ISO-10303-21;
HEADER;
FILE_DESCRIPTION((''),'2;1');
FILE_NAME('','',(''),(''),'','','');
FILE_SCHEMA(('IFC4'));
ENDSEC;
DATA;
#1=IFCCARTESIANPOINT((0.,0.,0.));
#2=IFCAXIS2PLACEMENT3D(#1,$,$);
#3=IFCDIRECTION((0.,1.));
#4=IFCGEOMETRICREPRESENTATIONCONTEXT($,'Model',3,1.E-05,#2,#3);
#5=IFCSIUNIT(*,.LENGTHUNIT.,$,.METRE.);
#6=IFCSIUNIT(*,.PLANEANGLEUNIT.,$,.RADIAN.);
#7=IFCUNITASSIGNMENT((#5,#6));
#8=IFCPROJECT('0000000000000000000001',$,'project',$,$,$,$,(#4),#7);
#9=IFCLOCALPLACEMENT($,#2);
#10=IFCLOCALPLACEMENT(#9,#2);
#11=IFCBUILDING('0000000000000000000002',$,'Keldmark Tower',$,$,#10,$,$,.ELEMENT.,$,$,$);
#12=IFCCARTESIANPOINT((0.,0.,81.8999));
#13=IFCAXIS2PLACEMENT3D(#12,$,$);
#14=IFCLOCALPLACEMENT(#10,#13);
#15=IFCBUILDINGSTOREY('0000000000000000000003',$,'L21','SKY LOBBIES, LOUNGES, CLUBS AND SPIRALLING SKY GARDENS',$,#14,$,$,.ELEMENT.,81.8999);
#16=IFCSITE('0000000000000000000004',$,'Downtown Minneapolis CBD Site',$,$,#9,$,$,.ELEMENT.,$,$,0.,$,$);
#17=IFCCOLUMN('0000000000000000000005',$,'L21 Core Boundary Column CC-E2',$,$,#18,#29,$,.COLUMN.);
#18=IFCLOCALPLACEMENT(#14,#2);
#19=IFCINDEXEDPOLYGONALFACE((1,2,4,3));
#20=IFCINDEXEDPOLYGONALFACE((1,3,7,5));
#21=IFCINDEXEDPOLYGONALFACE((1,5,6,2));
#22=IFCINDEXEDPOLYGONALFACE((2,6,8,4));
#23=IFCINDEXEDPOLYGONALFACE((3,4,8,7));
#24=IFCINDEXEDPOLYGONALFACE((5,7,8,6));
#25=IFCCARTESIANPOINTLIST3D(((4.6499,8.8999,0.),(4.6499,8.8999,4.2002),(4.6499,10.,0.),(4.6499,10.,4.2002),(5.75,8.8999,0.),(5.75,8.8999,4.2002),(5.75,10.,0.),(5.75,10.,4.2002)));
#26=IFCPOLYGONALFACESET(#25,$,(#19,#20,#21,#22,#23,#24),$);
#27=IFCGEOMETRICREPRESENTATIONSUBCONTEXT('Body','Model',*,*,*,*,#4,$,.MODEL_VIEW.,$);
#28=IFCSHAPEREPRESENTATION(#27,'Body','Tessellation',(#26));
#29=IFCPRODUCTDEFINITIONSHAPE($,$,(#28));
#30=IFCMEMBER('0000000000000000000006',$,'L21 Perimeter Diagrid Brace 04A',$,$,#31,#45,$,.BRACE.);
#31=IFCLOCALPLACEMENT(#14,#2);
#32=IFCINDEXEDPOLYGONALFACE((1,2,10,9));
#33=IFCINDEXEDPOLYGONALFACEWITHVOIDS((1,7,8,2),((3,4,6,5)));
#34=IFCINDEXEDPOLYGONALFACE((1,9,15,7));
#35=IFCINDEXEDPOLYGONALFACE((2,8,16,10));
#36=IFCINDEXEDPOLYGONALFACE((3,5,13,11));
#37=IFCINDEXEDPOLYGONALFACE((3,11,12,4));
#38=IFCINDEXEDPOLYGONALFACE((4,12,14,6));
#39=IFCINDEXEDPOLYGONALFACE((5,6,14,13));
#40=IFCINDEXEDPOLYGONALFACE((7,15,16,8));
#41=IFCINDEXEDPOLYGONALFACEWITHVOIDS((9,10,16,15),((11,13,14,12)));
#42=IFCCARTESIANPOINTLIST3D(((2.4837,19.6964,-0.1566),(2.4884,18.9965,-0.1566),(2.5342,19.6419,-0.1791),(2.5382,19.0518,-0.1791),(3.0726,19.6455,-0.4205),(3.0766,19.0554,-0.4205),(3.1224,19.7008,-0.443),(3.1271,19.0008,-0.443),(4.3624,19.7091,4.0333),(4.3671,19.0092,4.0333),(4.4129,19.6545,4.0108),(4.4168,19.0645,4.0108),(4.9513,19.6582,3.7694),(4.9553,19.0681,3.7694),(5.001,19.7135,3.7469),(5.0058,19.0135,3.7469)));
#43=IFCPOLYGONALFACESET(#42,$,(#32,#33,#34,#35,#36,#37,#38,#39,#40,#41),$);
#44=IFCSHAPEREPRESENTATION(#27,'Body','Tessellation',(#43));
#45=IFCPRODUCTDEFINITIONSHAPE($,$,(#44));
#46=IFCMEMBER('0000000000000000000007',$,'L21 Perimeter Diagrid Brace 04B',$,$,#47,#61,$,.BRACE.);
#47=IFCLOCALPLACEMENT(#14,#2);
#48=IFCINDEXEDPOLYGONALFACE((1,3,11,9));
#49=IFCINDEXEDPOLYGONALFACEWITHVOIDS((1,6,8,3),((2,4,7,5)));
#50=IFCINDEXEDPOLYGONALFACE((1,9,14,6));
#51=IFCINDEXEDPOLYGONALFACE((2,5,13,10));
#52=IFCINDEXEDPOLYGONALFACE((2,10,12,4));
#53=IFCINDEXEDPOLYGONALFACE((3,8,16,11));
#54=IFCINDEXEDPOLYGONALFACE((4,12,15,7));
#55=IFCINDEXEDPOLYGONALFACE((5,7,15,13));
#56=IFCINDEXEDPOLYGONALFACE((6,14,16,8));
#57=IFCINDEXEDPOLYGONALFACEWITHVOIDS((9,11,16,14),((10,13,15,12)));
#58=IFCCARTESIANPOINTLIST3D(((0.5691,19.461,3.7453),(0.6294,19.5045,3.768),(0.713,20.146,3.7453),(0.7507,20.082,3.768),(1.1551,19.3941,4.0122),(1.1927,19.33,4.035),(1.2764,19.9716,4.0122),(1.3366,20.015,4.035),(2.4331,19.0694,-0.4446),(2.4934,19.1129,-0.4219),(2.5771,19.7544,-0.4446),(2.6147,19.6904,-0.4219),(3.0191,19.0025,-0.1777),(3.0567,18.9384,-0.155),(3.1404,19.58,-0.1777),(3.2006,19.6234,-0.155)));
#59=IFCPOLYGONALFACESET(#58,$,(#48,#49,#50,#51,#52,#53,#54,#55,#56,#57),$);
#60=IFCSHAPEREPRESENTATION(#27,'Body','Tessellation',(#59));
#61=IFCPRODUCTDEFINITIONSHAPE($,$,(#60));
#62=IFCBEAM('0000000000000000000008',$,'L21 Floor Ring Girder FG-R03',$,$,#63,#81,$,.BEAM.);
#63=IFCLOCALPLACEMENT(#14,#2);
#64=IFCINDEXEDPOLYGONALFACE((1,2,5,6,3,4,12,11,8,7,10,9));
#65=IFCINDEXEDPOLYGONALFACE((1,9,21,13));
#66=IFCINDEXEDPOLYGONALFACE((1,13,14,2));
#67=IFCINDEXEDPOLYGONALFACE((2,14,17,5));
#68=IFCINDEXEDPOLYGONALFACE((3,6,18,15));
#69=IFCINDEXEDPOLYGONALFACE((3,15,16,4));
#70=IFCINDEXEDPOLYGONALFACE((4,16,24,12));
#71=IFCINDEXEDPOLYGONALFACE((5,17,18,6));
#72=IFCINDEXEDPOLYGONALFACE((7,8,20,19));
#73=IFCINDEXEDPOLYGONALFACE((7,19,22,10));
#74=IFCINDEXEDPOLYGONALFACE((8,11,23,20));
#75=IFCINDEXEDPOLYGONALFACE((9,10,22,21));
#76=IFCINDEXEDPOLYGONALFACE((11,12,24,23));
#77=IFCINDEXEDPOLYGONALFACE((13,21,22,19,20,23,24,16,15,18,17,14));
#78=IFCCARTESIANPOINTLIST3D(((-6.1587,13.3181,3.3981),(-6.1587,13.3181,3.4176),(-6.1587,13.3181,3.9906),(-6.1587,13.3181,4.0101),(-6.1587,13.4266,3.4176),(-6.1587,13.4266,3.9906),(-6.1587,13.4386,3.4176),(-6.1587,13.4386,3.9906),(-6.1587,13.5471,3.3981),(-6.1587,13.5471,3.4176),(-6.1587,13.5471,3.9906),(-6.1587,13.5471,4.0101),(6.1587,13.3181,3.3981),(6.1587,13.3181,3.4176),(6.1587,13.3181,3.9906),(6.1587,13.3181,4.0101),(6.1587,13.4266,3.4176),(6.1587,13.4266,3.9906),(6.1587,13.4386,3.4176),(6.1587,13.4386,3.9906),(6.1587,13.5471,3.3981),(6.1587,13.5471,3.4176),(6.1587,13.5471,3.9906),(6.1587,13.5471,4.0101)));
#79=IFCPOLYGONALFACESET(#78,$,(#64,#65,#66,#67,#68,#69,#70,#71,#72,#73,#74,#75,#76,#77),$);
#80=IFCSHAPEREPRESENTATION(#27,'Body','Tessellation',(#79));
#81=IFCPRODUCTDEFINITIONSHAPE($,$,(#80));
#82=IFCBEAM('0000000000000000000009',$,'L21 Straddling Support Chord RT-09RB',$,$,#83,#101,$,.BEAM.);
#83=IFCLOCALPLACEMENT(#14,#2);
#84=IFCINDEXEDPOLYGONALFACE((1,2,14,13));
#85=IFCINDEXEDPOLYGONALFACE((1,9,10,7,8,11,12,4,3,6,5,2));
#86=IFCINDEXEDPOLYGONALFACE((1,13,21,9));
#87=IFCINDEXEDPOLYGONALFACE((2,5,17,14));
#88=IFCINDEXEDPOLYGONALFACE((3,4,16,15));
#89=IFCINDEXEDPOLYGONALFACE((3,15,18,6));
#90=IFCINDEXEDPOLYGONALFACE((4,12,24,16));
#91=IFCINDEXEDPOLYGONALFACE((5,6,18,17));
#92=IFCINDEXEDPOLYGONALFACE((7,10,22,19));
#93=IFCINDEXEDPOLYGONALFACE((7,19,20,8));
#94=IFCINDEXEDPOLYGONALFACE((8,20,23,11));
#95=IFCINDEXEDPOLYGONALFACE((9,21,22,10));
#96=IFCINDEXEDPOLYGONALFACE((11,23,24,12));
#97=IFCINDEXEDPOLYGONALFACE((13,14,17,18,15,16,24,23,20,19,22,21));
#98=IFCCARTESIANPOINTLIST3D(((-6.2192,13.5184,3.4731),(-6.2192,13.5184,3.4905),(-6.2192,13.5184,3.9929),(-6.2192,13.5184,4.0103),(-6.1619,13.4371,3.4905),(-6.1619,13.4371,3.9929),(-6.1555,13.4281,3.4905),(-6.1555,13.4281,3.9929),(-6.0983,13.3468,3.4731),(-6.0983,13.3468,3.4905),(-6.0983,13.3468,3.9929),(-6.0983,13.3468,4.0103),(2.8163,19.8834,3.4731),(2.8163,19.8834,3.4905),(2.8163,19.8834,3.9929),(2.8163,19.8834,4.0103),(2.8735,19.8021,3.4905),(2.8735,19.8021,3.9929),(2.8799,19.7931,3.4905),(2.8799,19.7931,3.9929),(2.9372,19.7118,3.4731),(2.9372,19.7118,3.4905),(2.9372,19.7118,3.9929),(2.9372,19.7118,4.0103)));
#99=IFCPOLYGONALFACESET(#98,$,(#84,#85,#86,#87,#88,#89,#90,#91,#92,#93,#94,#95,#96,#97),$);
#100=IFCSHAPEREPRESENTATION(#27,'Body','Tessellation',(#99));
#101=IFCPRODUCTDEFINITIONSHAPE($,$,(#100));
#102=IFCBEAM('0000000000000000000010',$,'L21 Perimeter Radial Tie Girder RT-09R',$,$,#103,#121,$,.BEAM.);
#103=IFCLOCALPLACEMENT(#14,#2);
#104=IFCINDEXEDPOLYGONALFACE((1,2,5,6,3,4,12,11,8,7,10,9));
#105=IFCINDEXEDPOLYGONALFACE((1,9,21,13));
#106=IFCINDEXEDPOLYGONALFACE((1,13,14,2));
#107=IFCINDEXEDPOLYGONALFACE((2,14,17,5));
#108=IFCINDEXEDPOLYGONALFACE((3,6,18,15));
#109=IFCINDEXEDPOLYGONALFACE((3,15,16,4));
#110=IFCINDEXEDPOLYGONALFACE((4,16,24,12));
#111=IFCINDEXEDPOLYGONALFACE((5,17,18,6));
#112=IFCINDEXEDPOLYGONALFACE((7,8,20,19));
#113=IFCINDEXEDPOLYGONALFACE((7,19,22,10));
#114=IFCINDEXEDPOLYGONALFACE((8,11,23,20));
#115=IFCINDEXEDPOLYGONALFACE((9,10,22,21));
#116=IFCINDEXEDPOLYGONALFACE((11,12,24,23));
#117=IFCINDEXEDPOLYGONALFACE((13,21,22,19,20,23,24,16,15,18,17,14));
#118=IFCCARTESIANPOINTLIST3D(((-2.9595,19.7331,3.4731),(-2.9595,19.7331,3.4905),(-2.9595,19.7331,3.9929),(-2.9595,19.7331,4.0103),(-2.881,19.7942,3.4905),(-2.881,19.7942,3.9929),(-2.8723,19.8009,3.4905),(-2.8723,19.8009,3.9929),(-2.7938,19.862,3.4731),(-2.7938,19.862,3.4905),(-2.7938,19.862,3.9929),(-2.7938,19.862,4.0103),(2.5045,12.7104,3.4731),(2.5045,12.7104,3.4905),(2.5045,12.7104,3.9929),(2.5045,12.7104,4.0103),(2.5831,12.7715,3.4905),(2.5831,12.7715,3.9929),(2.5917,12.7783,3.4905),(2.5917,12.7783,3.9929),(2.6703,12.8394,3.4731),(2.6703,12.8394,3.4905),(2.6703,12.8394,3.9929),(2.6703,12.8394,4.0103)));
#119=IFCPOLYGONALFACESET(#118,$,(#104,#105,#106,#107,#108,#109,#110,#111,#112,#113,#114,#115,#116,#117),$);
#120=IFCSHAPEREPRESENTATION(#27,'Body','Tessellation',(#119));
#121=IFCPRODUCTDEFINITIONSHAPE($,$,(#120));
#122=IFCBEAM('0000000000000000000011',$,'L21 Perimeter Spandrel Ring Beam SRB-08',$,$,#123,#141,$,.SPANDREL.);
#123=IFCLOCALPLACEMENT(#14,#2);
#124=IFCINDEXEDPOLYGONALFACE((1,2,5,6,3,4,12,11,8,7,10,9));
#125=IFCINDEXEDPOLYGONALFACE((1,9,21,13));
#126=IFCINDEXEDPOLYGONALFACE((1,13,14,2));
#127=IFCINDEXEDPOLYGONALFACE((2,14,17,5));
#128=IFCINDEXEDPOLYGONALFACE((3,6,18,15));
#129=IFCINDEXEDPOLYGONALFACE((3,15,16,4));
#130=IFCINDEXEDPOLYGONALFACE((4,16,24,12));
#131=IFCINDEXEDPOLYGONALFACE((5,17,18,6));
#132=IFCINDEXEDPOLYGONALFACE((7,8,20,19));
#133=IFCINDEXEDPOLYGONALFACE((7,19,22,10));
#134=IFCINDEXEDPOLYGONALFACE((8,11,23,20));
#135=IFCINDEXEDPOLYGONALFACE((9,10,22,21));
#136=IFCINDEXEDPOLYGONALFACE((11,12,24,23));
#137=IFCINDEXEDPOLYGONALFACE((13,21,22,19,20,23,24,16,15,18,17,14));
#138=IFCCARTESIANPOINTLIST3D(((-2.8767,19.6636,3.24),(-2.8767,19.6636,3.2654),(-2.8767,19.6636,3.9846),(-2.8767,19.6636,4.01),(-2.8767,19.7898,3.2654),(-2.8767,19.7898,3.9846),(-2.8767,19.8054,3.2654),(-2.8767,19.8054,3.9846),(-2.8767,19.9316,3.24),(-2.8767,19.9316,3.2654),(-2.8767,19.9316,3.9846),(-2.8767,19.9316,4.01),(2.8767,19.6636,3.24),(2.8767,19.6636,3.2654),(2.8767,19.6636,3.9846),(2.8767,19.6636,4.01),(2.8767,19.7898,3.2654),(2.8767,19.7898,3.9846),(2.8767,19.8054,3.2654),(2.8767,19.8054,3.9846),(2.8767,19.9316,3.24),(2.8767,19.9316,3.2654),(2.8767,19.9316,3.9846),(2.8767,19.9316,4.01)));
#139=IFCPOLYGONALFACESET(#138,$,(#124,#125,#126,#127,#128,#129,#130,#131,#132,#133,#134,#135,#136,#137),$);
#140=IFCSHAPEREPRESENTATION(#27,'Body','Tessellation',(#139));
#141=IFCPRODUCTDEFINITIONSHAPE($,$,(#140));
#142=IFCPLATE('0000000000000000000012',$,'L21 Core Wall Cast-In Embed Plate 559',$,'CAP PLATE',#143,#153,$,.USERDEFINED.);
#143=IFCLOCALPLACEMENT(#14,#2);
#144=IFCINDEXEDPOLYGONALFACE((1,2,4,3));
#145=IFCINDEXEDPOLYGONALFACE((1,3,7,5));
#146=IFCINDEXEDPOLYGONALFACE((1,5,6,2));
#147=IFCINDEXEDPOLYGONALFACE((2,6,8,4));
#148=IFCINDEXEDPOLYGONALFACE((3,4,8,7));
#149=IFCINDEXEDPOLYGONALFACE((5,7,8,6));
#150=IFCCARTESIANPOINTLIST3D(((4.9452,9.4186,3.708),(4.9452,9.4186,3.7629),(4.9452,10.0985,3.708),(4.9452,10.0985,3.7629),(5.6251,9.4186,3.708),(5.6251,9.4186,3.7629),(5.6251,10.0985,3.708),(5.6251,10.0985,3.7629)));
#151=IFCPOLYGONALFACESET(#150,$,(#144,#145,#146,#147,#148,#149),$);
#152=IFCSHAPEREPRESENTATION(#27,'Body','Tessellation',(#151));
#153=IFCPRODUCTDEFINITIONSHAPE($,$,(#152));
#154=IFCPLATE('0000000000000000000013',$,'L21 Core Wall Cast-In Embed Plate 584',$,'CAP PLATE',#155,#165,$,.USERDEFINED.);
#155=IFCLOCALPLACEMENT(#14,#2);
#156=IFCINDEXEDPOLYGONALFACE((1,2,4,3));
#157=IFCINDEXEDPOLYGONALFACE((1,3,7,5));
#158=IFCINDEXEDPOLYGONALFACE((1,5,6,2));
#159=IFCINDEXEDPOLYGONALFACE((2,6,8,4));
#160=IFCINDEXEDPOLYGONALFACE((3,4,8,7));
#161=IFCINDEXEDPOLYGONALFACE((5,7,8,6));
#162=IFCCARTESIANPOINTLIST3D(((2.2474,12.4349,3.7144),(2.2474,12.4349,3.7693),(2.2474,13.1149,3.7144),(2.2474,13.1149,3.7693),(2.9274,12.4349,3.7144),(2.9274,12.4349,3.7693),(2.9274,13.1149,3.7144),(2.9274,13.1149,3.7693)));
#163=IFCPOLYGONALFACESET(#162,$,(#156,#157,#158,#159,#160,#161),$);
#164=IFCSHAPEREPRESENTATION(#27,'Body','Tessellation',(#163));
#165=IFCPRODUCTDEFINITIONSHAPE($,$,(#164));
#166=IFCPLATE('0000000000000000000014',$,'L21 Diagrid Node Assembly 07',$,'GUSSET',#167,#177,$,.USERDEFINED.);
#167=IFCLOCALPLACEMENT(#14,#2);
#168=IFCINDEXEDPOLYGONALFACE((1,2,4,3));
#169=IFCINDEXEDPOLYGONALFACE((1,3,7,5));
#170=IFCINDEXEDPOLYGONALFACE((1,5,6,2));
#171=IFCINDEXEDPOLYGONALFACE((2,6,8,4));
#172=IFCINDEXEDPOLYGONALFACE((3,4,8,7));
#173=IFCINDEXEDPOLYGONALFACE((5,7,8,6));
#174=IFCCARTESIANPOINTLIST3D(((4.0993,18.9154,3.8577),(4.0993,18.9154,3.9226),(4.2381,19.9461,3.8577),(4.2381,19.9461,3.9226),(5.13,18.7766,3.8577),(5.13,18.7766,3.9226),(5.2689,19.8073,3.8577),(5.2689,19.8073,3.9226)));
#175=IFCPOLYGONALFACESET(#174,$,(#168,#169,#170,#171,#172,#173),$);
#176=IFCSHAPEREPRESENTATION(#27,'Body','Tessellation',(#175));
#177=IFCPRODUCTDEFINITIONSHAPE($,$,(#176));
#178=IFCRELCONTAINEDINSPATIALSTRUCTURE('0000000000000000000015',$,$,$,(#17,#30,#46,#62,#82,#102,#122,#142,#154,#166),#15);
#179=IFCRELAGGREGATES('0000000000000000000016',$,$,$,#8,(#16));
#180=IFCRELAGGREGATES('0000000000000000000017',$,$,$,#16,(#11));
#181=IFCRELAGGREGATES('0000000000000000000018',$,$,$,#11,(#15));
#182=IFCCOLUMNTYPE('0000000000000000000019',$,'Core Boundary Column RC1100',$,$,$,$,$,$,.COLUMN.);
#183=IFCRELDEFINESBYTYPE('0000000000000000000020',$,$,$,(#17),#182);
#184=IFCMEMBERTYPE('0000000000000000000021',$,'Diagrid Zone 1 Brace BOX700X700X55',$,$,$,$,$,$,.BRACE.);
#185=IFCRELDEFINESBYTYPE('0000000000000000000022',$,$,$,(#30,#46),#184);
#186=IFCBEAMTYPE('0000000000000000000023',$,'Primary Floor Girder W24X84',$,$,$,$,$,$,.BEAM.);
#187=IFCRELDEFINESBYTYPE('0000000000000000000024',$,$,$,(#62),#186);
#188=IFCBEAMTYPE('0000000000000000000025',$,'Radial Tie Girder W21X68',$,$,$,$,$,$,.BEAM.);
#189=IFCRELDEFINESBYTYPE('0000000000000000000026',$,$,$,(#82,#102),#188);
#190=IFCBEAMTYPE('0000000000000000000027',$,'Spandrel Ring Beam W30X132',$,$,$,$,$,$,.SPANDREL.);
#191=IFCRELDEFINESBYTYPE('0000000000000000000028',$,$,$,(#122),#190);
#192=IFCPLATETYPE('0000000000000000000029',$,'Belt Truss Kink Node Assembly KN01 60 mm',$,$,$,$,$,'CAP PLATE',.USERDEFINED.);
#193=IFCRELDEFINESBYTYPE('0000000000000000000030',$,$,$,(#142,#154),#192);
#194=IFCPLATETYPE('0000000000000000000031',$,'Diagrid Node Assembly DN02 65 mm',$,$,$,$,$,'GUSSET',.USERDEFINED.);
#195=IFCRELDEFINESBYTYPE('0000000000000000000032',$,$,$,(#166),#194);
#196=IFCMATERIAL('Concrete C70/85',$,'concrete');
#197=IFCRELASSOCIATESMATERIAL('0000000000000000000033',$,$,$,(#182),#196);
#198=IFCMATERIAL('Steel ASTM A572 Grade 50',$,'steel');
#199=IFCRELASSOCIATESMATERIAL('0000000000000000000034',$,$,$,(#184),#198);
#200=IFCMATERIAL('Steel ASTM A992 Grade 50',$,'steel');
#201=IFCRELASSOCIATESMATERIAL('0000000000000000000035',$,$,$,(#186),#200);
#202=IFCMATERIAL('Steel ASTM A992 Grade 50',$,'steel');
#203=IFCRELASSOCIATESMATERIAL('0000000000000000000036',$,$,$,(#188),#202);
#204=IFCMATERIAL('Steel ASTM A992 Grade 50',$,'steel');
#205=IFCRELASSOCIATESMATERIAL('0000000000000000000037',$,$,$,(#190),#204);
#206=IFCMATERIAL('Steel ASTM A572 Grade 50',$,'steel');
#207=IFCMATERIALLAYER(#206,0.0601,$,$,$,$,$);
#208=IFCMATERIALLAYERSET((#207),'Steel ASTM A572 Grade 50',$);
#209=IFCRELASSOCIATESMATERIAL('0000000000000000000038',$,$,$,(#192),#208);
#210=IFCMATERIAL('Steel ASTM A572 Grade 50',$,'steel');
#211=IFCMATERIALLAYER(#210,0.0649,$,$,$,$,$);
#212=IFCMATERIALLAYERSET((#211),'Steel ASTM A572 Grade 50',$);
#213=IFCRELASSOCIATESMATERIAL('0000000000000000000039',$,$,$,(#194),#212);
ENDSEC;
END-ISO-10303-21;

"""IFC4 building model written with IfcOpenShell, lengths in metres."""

from ifc_helpers import new_model, si_unit, direction, frame, origin, origin_2d, place, context, subcontext, project, spatial, rectangle, hollow_rectangle, i_section, extrude, material, layer, layer_set, material_profile, profile_set, type_object, element, save


model = new_model("IFC4")

# Units and contexts
model_context = context("Model", 3, precision=1e-05, world=origin(), true_north=direction((0.0, 1.0)))
body_context = subcontext(model_context, "Body", "Model", "MODEL_VIEW")
ifc_project = project(units=[si_unit("LENGTHUNIT", "METRE"), si_unit("PLANEANGLEUNIT", "RADIAN")], contexts=[model_context])

# Site, building, storey
site_placement = place(None, origin())
site = spatial("IfcSite", under=ifc_project, at=site_placement, Name="Downtown Minneapolis CBD Site", CompositionType="ELEMENT", RefElevation=0.0)
building_placement = place(site_placement, origin())
building = spatial("IfcBuilding", under=site, at=building_placement, Name="Keldmark Tower", CompositionType="ELEMENT")
storey_placement = place(building_placement, frame((0.0, 0.0, 81.8999)))
storey = spatial("IfcBuildingStorey", under=building, at=storey_placement, Name="L21", Description="SKY LOBBIES, LOUNGES, CLUBS AND SPIRALLING SKY GARDENS", CompositionType="ELEMENT", Elevation=81.8999)

# Column
ifc_material_1 = material(Name="Concrete C70/85", Category="concrete")
ifc_material_profile_1 = material_profile(ifc_material_1, rectangle(XDim=1.1001, YDim=1.1001, at=origin_2d()), Name="RC1100X1100")
ifc_profile_set_1 = profile_set([ifc_material_profile_1], Name="Concrete C70/85")
column_type = type_object("IfcColumnType", Name="Core Boundary Column RC1100", PredefinedType="COLUMN", material=ifc_profile_set_1)
column_placement = place(storey_placement, frame((5.2, 9.45, 0.0), z_axis=(0.0, 0.0, 1.0), x_axis=(1.0, 0.0, 0.0)))
element("IfcColumn", 1, at=column_placement, inside=storey, type_object=column_type, Name="L21 Core Boundary Column CC-E2", PredefinedType="COLUMN", context=body_context, shape_type="SweptSolid", body=[
    extrude(rectangle(XDim=1.1001, YDim=1.1001, at=origin_2d()), origin(), (0.0, 0.0, 1.0), 4.2002),
])

# Members
ifc_material_2 = material(Name="Steel ASTM A572 Grade 50", Category="steel")
ifc_material_profile_2 = material_profile(ifc_material_2, hollow_rectangle(XDim=0.7, YDim=0.7, WallThickness=0.0549, at=origin_2d()), Name="BOX700X700X55")
ifc_profile_set_2 = profile_set([ifc_material_profile_2], Name="Steel ASTM A572 Grade 50")
member_type = type_object("IfcMemberType", Name="Diagrid Zone 1 Brace BOX700X700X55", PredefinedType="BRACE", material=ifc_profile_set_2)
member_1_placement = place(storey_placement, frame((2.8054, 19.3486, -0.2998), z_axis=(0.409129, 0.002765, 0.912472), x_axis=(-0.006757, 0.999977, 0.0)))
element("IfcMember", 2, at=member_1_placement, inside=storey, type_object=member_type, Name="L21 Perimeter Diagrid Brace 04A", PredefinedType="BRACE", context=body_context, shape_type="SweptSolid", body=[
    extrude(hollow_rectangle(XDim=0.7, YDim=0.7, WallThickness=0.0549, at=origin_2d()), origin(), (0.0, 0.0, 1.0), 4.5918),
])
member_2_placement = place(storey_placement, frame((2.8169, 19.3464, -0.2998), z_axis=(-0.404995, 0.085084, 0.910351), x_axis=(-0.205597, -0.978637, 0.0)))
element("IfcMember", 3, at=member_2_placement, inside=storey, type_object=member_type, Name="L21 Perimeter Diagrid Brace 04B", PredefinedType="BRACE", context=body_context, shape_type="SweptSolid", body=[
    extrude(hollow_rectangle(XDim=0.7, YDim=0.7, WallThickness=0.0549, at=origin_2d()), origin(), (0.0, 0.0, 1.0), 4.6025),
])

# Beams
ifc_material_3 = material(Name="Steel ASTM A992 Grade 50", Category="steel")
ifc_material_profile_3 = material_profile(ifc_material_3, i_section(OverallWidth=0.229, OverallDepth=0.6121, WebThickness=0.012, FlangeThickness=0.0195, at=origin_2d()), Name="W24X84")
ifc_profile_set_3 = profile_set([ifc_material_profile_3], Name="Steel ASTM A992 Grade 50")
beam_type_1 = type_object("IfcBeamType", Name="Primary Floor Girder W24X84", PredefinedType="BEAM", material=ifc_profile_set_3)
beam_1_placement = place(storey_placement, frame((6.1587, 13.4326, 3.7041), z_axis=(-1.0, 0.0, 0.0), x_axis=(0.0, -1.0, 0.0)))
element("IfcBeam", 4, at=beam_1_placement, inside=storey, type_object=beam_type_1, Name="L21 Floor Ring Girder FG-R03", PredefinedType="BEAM", context=body_context, shape_type="SweptSolid", body=[
    extrude(i_section(OverallWidth=0.229, OverallDepth=0.6121, WebThickness=0.012, FlangeThickness=0.0195, at=origin_2d()), origin(), (0.0, 0.0, 1.0), 12.3174),
])
ifc_material_4 = material(Name="Steel ASTM A992 Grade 50", Category="steel")
ifc_material_profile_4 = material_profile(ifc_material_4, i_section(OverallWidth=0.21, OverallDepth=0.5371, WebThickness=0.011, FlangeThickness=0.0173, at=origin_2d()), Name="W21X68")
ifc_profile_set_4 = profile_set([ifc_material_profile_4], Name="Steel ASTM A992 Grade 50")
beam_type_2 = type_object("IfcBeamType", Name="Radial Tie Girder W21X68", PredefinedType="BEAM", material=ifc_profile_set_4)
beam_2_placement = place(storey_placement, frame((2.8767, 19.7976, 3.7417), z_axis=(-0.817519, -0.575902, 0.0), x_axis=(0.575902, -0.817519, 0.0)))
element("IfcBeam", 5, at=beam_2_placement, inside=storey, type_object=beam_type_2, Name="L21 Straddling Support Chord RT-09RB", PredefinedType="BEAM", context=body_context, shape_type="SweptSolid", body=[
    extrude(i_section(OverallWidth=0.21, OverallDepth=0.5371, WebThickness=0.011, FlangeThickness=0.0173, at=origin_2d()), origin(), (0.0, 0.0, 1.0), 11.0522),
])
beam_3_placement = place(storey_placement, frame((2.5874, 12.7749, 3.7417), z_axis=(-0.614081, 0.789243, 0.0), x_axis=(-0.789243, -0.614081, 0.0)))
element("IfcBeam", 6, at=beam_3_placement, inside=storey, type_object=beam_type_2, Name="L21 Perimeter Radial Tie Girder RT-09R", PredefinedType="BEAM", context=body_context, shape_type="SweptSolid", body=[
    extrude(i_section(OverallWidth=0.21, OverallDepth=0.5371, WebThickness=0.011, FlangeThickness=0.0173, at=origin_2d()), origin(), (0.0, 0.0, 1.0), 8.8979),
])
ifc_material_5 = material(Name="Steel ASTM A992 Grade 50", Category="steel")
ifc_material_profile_5 = material_profile(ifc_material_5, i_section(OverallWidth=0.2681, OverallDepth=0.77, WebThickness=0.0156, FlangeThickness=0.0254, at=origin_2d()), Name="W30X132")
ifc_profile_set_5 = profile_set([ifc_material_profile_5], Name="Steel ASTM A992 Grade 50")
beam_type_3 = type_object("IfcBeamType", Name="Spandrel Ring Beam W30X132", PredefinedType="SPANDREL", material=ifc_profile_set_5)
beam_4_placement = place(storey_placement, frame((2.8767, 19.7976, 3.625), z_axis=(-1.0, 0.0, 0.0), x_axis=(0.0, -1.0, 0.0)))
element("IfcBeam", 7, at=beam_4_placement, inside=storey, type_object=beam_type_3, Name="L21 Perimeter Spandrel Ring Beam SRB-08", PredefinedType="SPANDREL", context=body_context, shape_type="SweptSolid", body=[
    extrude(i_section(OverallWidth=0.2681, OverallDepth=0.77, WebThickness=0.0156, FlangeThickness=0.0254, at=origin_2d()), origin(), (0.0, 0.0, 1.0), 5.7534),
])

# Plates
ifc_material_6 = material(Name="Steel ASTM A572 Grade 50", Category="steel")
ifc_layer_1 = layer(ifc_material_6, 0.0601)
ifc_layer_set_1 = layer_set([ifc_layer_1], Name="Steel ASTM A572 Grade 50")
plate_type_1 = type_object("IfcPlateType", Name="Belt Truss Kink Node Assembly KN01 60 mm", ElementType="CAP PLATE", PredefinedType="USERDEFINED", material=ifc_layer_set_1)
for number, where, z_axis, x_axis, name in (
    (8, (5.2852, 9.7585, 3.708), (0.0, 0.0, 1.0), (1.0, 0.0, 0.0), "L21 Core Wall Cast-In Embed Plate 559"),
    (9, (2.5874, 12.7749, 3.7144), (0.0, 0.0, 1.0), (1.0, 0.0, 0.0), "L21 Core Wall Cast-In Embed Plate 584"),
):
    element("IfcPlate", number, at=place(storey_placement, frame(where, z_axis=z_axis, x_axis=x_axis)), inside=storey, type_object=plate_type_1, Name=name, ObjectType="CAP PLATE", PredefinedType="USERDEFINED", context=body_context, shape_type="SweptSolid", body=[
        extrude(rectangle(XDim=0.6799, YDim=0.6799, at=origin_2d()), origin(), (0.0, 0.0, 1.0), 0.0549),
    ])
ifc_material_7 = material(Name="Steel ASTM A572 Grade 50", Category="steel")
ifc_layer_2 = layer(ifc_material_7, 0.0649)
ifc_layer_set_2 = layer_set([ifc_layer_2], Name="Steel ASTM A572 Grade 50")
plate_type_2 = type_object("IfcPlateType", Name="Diagrid Node Assembly DN02 65 mm", ElementType="GUSSET", PredefinedType="USERDEFINED", material=ifc_layer_set_2)
for number, where, z_axis, x_axis, name in (
    (10, (4.6841, 19.3613, 3.8577), (0.0, 0.0, 1.0), (-0.991053, 0.133467, 0.0), "L21 Diagrid Node Assembly 07"),
):
    element("IfcPlate", number, at=place(storey_placement, frame(where, z_axis=z_axis, x_axis=x_axis)), inside=storey, type_object=plate_type_2, Name=name, ObjectType="GUSSET", PredefinedType="USERDEFINED", context=body_context, shape_type="SweptSolid", body=[
        extrude(rectangle(XDim=1.04, YDim=1.04, at=origin_2d()), origin(), (0.0, 0.0, 1.0), 0.0649),
    ])

save(model, "model.ifc")
